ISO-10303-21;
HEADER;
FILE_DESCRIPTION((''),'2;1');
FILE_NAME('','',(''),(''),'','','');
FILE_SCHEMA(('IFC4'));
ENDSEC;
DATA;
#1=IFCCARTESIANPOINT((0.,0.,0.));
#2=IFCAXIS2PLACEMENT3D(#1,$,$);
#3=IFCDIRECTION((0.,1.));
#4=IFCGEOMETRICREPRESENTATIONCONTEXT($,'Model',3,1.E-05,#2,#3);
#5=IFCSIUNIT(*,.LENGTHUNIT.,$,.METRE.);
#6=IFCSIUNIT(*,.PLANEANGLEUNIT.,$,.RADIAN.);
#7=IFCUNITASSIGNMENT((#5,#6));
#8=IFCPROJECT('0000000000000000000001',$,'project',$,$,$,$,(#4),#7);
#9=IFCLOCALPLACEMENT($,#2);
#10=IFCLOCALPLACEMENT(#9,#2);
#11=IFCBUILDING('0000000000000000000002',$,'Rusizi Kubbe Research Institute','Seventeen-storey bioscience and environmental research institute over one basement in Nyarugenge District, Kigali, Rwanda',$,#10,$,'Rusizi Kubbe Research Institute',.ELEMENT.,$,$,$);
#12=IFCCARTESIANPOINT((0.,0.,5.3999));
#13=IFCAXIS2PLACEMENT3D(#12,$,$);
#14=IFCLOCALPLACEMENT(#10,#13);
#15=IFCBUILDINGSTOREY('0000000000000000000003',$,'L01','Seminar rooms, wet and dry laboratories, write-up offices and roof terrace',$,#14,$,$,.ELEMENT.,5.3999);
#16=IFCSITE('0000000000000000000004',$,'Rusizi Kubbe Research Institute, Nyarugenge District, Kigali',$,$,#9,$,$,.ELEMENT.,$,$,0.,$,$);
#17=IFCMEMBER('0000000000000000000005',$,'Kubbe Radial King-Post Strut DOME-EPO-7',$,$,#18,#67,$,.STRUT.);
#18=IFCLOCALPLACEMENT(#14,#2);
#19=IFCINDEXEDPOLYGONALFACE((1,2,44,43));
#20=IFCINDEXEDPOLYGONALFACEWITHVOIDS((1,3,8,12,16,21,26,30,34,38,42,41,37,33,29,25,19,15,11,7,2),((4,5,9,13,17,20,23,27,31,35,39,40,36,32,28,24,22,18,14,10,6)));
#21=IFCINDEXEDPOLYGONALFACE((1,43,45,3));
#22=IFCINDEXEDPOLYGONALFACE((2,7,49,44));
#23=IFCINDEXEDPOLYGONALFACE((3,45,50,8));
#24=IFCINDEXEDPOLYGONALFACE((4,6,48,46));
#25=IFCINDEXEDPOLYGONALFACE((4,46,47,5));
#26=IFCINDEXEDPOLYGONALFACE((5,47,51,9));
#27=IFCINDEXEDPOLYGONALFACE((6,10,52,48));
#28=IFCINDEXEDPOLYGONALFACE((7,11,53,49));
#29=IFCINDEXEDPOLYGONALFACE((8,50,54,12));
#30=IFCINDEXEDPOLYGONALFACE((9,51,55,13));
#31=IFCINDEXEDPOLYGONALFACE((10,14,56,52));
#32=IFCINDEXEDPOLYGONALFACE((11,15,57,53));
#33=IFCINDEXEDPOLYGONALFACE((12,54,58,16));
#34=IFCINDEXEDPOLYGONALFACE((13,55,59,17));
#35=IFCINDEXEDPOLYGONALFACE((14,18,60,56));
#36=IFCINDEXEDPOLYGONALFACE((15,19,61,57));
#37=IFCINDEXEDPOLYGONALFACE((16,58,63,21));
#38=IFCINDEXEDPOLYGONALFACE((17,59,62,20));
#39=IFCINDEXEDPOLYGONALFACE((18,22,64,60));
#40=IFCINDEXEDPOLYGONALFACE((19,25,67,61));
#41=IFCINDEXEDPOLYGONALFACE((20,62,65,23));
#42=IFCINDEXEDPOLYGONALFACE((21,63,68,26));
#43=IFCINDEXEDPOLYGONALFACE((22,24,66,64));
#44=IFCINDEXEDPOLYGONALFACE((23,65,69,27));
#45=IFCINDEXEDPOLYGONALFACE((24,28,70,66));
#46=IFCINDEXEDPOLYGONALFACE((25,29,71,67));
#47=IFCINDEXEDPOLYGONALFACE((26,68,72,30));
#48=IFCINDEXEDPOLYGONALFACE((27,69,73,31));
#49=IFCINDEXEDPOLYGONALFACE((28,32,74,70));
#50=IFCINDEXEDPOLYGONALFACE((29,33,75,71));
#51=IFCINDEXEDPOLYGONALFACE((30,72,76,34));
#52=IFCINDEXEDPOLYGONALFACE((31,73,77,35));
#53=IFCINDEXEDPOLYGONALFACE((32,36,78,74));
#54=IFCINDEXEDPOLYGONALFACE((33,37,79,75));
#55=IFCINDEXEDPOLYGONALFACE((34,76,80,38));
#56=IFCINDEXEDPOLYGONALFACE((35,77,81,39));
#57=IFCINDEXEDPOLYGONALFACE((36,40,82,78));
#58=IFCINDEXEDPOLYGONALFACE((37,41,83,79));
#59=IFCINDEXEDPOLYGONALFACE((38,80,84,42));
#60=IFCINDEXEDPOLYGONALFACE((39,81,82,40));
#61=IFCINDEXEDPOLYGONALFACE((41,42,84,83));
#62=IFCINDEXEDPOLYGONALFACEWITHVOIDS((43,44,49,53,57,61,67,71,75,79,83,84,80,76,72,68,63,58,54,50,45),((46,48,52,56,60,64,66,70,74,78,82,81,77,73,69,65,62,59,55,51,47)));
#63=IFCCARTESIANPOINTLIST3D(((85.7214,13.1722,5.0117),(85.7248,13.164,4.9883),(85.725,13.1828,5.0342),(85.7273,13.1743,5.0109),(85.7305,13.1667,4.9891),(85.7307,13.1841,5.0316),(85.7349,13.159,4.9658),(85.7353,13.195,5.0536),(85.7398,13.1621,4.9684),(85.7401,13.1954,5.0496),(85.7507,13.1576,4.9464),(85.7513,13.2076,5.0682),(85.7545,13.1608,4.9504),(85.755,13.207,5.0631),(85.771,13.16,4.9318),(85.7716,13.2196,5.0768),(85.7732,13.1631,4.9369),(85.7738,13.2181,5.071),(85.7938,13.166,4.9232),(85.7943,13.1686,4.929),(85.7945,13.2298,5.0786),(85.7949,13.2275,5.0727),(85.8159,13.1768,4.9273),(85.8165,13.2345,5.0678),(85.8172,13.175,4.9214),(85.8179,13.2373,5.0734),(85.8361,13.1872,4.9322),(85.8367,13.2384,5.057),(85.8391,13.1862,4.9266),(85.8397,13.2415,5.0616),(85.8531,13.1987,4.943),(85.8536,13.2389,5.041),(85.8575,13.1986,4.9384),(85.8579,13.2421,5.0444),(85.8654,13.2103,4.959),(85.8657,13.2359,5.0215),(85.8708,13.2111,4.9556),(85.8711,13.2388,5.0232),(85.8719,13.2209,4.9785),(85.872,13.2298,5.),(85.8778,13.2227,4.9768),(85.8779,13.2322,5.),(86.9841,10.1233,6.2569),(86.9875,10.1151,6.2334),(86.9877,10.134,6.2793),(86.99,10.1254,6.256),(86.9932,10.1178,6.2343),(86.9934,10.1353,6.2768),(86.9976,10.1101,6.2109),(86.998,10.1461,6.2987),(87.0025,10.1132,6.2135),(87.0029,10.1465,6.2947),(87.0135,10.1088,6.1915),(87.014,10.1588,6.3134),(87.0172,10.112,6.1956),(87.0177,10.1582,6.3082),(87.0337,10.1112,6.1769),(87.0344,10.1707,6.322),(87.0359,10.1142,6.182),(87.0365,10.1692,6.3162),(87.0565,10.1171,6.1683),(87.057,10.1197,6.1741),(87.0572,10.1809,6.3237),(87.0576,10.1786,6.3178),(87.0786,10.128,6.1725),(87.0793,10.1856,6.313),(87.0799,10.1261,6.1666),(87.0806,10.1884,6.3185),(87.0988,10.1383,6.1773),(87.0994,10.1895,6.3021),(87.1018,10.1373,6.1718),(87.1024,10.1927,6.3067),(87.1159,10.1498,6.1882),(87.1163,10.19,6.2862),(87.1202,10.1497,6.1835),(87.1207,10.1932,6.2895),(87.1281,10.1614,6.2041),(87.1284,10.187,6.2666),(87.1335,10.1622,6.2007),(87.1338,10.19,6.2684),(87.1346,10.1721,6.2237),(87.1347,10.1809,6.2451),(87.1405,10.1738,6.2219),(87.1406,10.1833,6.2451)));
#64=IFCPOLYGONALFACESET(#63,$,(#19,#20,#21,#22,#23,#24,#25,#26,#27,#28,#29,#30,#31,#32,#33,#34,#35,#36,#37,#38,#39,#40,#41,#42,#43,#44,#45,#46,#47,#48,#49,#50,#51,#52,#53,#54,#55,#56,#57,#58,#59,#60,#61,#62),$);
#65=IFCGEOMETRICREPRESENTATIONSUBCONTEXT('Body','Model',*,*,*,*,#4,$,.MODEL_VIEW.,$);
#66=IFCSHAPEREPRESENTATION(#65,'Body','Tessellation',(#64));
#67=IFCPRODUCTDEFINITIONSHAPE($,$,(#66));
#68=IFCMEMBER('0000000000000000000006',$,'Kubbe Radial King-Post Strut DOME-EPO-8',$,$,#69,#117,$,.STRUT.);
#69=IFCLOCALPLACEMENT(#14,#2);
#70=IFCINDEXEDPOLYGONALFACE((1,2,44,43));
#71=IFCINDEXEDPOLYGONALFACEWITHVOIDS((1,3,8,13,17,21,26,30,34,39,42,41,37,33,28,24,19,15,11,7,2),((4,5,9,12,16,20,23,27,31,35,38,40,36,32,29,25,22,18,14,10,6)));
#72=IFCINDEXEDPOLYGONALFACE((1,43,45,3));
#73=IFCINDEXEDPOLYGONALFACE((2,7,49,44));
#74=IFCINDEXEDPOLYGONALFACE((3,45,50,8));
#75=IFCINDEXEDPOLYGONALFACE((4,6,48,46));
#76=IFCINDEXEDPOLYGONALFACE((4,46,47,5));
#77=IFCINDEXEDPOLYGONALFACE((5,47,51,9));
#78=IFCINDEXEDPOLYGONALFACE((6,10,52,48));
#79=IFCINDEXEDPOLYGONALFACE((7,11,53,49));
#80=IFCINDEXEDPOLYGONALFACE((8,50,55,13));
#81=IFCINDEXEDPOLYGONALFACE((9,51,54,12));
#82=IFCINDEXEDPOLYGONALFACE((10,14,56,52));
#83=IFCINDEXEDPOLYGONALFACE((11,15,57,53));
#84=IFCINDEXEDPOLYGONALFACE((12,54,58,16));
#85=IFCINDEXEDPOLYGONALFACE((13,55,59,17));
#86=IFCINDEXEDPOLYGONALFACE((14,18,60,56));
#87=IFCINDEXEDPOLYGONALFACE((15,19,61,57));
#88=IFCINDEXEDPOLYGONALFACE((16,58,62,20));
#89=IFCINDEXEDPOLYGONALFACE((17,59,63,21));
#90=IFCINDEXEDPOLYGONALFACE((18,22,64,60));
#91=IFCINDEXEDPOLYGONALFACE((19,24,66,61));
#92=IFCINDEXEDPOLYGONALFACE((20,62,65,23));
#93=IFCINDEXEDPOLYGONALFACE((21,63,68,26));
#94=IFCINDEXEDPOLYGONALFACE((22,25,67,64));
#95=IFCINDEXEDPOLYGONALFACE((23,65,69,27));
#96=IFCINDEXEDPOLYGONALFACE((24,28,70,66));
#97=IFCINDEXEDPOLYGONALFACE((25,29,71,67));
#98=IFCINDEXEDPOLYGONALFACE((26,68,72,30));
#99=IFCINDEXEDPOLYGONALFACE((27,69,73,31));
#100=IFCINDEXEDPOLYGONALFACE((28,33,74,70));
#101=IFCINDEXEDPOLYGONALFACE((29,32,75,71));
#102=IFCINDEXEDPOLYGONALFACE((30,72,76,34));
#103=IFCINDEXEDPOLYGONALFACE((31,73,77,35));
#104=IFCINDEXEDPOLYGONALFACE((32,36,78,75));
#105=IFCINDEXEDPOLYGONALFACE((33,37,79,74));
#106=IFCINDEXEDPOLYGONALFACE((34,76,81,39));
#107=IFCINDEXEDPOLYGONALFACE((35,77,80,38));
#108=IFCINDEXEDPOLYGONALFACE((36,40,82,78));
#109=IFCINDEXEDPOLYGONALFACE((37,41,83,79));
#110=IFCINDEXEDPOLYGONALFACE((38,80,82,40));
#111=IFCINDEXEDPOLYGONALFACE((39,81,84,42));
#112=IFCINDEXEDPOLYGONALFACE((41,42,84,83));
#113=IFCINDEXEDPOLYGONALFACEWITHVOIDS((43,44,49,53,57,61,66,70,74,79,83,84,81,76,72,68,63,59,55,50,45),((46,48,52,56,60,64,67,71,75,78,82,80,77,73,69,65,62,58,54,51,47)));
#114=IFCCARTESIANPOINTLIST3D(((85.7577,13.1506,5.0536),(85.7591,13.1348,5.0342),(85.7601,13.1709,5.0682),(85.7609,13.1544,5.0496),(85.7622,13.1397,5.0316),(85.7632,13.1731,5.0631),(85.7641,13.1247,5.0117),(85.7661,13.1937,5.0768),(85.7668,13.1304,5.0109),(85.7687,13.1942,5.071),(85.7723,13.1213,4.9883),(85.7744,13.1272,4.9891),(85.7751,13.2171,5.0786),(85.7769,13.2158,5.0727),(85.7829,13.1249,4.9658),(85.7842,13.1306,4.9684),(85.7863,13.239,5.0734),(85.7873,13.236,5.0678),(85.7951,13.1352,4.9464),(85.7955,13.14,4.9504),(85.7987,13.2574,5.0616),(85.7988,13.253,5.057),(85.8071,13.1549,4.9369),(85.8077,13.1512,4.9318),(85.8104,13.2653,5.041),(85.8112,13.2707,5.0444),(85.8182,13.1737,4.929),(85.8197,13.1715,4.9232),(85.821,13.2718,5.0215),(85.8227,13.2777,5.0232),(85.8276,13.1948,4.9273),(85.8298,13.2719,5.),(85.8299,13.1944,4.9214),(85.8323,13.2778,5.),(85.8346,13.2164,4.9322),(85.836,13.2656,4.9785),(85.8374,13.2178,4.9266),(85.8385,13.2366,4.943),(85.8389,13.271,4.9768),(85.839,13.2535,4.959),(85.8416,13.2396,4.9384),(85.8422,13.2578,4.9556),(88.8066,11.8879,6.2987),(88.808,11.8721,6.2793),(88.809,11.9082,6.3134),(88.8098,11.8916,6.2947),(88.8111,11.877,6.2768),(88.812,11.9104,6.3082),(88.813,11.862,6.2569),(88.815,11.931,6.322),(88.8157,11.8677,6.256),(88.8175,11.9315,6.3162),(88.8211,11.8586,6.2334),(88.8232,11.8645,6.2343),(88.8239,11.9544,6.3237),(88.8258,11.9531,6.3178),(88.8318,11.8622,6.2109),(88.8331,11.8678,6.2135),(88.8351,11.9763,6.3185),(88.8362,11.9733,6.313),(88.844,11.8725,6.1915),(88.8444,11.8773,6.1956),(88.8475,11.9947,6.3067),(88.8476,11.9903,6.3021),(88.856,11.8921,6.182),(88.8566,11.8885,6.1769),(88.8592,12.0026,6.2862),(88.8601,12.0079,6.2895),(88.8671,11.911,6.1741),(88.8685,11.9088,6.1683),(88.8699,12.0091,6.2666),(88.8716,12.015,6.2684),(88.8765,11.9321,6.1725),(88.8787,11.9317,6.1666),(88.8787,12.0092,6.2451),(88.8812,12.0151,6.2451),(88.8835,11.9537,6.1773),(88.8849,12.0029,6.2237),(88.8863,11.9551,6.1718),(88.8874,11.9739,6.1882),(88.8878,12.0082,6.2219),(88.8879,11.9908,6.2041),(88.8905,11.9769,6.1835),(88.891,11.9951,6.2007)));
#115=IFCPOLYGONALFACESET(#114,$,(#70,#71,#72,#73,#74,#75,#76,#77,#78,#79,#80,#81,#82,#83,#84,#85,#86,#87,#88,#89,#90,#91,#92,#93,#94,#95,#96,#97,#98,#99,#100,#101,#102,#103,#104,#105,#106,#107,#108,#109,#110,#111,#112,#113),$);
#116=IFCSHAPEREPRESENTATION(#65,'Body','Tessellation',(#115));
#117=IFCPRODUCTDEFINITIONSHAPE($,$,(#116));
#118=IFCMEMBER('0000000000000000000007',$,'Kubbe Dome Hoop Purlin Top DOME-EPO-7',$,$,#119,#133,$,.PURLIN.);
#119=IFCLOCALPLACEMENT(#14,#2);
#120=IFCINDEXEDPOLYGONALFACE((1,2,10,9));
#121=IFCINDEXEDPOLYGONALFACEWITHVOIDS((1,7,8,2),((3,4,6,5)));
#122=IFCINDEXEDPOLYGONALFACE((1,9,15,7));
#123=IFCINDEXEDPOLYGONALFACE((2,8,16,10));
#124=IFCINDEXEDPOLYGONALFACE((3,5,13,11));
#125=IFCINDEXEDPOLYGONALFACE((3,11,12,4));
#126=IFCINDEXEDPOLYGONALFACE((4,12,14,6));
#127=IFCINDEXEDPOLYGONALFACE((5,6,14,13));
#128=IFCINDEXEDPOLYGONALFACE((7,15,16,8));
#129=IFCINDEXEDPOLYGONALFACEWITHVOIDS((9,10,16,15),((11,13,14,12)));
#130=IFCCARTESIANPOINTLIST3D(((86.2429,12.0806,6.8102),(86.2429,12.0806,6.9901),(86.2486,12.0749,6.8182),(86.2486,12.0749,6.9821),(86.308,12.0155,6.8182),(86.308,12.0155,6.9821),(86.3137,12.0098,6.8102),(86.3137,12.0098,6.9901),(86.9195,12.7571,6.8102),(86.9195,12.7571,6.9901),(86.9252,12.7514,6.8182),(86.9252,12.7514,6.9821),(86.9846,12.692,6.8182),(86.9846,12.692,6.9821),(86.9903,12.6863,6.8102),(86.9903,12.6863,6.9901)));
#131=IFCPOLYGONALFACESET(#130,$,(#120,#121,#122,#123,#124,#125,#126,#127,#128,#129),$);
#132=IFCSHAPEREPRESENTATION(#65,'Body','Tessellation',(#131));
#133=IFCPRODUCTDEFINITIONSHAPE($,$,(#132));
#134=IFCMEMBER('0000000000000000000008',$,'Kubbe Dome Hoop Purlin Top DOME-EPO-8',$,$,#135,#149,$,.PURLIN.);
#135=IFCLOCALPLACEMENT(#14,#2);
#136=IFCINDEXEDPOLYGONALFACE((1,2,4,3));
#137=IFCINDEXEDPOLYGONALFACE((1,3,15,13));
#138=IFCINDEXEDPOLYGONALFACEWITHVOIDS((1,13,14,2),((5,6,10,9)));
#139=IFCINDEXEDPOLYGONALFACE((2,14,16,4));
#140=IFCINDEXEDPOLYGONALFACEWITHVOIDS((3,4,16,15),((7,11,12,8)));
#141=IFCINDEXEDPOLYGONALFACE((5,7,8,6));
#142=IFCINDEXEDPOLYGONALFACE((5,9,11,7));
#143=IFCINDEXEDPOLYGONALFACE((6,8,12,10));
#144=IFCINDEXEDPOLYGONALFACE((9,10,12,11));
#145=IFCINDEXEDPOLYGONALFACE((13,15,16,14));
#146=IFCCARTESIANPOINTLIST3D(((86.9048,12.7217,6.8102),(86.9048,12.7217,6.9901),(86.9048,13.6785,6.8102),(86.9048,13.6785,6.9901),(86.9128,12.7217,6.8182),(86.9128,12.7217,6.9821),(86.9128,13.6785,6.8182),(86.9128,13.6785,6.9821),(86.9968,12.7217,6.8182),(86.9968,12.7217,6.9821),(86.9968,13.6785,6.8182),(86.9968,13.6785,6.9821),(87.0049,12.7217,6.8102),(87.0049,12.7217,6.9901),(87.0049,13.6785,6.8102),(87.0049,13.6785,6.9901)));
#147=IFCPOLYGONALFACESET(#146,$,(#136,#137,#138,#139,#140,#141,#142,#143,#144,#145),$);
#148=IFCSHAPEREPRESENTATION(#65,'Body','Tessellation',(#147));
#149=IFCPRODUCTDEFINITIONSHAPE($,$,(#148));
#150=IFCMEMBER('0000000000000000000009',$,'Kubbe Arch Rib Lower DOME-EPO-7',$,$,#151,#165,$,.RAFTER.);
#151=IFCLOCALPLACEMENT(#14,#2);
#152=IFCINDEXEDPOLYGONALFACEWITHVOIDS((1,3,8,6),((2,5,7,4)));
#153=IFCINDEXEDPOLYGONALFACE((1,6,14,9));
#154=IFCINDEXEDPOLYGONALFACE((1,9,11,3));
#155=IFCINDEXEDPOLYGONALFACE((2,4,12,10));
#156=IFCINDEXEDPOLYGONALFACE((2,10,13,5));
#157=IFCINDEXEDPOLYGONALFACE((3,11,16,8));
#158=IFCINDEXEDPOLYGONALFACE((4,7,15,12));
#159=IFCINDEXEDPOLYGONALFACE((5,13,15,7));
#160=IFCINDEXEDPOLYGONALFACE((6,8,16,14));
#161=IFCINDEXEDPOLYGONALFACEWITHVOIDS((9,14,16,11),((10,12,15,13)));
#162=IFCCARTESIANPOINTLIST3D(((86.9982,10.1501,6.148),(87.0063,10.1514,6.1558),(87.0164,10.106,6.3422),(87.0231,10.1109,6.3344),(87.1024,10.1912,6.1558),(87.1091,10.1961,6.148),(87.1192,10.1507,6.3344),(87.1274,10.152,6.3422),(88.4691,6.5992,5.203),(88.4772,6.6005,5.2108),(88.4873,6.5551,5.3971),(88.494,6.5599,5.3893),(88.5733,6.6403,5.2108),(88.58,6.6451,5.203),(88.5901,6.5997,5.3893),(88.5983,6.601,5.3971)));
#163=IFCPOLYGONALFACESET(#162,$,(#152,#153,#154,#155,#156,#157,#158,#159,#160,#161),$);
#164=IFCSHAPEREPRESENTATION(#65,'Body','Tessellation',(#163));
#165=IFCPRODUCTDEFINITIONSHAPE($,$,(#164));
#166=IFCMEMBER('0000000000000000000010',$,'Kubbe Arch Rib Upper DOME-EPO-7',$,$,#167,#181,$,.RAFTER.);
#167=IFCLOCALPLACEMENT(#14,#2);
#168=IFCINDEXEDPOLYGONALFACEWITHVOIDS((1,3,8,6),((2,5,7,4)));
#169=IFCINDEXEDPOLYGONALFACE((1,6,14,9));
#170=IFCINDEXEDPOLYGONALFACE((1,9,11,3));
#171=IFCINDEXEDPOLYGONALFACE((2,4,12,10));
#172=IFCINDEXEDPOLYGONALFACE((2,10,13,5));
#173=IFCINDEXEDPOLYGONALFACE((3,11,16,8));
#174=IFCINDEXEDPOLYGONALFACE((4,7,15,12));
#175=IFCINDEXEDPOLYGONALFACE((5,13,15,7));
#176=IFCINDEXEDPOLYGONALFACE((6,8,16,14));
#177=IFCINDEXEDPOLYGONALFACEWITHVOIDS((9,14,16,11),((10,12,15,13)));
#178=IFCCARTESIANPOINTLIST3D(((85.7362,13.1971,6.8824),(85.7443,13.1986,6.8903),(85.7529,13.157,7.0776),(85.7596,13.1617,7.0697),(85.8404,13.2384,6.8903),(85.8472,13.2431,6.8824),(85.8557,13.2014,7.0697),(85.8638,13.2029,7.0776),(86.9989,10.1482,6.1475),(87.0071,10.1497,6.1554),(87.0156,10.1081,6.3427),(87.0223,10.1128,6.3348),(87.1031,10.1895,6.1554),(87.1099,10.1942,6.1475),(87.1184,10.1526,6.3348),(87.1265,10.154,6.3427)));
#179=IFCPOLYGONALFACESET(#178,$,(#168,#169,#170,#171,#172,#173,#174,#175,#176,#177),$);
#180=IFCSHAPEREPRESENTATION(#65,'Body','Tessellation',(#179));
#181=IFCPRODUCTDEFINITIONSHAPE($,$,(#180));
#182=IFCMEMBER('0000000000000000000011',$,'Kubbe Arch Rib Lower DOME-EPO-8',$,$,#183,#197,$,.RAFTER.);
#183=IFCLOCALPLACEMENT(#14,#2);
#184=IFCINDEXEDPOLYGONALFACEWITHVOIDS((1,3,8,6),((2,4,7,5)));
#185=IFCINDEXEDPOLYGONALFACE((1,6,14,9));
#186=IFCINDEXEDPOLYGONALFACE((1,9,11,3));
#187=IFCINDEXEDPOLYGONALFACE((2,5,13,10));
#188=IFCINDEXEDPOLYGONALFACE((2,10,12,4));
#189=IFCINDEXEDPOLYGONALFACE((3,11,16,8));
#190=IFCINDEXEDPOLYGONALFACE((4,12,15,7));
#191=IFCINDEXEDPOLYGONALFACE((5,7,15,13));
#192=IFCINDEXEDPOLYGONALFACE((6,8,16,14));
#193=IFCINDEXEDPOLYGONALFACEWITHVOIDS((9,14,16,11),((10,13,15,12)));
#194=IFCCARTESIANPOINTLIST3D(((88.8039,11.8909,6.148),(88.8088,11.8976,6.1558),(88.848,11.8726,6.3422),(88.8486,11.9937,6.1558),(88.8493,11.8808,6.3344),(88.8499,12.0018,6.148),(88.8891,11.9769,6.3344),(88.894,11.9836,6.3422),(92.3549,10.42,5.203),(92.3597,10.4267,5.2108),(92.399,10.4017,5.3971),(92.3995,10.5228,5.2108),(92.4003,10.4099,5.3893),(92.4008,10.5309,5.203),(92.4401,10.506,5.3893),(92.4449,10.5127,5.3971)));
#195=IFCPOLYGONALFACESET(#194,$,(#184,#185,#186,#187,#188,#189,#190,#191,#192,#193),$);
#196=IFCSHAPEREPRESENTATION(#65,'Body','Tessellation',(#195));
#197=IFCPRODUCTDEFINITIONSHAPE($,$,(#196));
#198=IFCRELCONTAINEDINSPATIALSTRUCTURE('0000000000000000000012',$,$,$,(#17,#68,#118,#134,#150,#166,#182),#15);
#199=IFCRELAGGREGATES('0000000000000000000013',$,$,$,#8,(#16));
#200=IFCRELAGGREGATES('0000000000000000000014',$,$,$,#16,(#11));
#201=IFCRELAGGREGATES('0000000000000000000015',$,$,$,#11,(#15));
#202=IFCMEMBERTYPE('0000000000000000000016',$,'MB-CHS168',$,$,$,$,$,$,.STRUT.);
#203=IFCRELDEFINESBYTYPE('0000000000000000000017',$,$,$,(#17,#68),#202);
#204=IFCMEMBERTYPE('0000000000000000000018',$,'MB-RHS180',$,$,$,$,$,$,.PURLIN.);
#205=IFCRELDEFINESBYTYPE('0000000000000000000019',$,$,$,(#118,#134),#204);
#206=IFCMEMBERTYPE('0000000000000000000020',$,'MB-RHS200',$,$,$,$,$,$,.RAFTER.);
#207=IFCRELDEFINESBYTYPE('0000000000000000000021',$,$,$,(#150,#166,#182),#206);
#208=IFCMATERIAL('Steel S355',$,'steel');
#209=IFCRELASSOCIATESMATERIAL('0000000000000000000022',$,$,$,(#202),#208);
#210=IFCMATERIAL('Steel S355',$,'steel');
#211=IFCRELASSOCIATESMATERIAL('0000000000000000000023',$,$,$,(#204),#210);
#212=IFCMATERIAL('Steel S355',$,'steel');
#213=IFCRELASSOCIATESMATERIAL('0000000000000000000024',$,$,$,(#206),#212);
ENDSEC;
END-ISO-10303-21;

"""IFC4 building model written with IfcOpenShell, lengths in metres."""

from ifc_helpers import new_model, si_unit, direction, frame, origin, origin_2d, place, context, subcontext, project, spatial, hollow_rectangle, hollow_circle, extrude, material, material_profile, profile_set, type_object, element, save


model = new_model("IFC4")

# Units and contexts
model_context = context("Model", 3, precision=1e-05, world=origin(), true_north=direction((0.0, 1.0)))
body_context = subcontext(model_context, "Body", "Model", "MODEL_VIEW")
ifc_project = project(units=[si_unit("LENGTHUNIT", "METRE"), si_unit("PLANEANGLEUNIT", "RADIAN")], contexts=[model_context])

# Site, building, storey
site_placement = place(None, origin())
site = spatial("IfcSite", under=ifc_project, at=site_placement, Name="Rusizi Kubbe Research Institute, Nyarugenge District, Kigali", CompositionType="ELEMENT", RefElevation=0.0)
building_placement = place(site_placement, origin())
building = spatial("IfcBuilding", under=site, at=building_placement, Name="Rusizi Kubbe Research Institute", Description="Seventeen-storey bioscience and environmental research institute over one basement in Nyarugenge District, Kigali, Rwanda", LongName="Rusizi Kubbe Research Institute", CompositionType="ELEMENT")
storey_placement = place(building_placement, frame((0.0, 0.0, 5.3999)))
storey = spatial("IfcBuildingStorey", under=building, at=storey_placement, Name="L01", Description="Seminar rooms, wet and dry laboratories, write-up offices and roof terrace", CompositionType="ELEMENT", Elevation=5.3999)

# Members
ifc_material_1 = material(Name="Steel S355", Category="steel")
ifc_material_profile_1 = material_profile(ifc_material_1, hollow_circle(Radius=0.0842, WallThickness=0.0063, at=origin_2d()), Name="CHS 168.3x6.3")
ifc_profile_set_1 = profile_set([ifc_material_profile_1], Name="Steel S355")
member_type_1 = type_object("IfcMemberType", Name="MB-CHS168", PredefinedType="STRUT", material=ifc_profile_set_1)
for number, where, z_axis, x_axis, name in (
    (1, (85.8, 13.2, 5.0), (0.358003, -0.864414, 0.35302), (0.923898, 0.382639, 0.0), "Kubbe Radial King-Post Strut DOME-EPO-7"),
    (2, (85.8, 13.2, 5.0), (0.864414, -0.358003, 0.35302), (0.382639, 0.923898, 0.0), "Kubbe Radial King-Post Strut DOME-EPO-8"),
):
    element("IfcMember", number, at=place(storey_placement, frame(where, z_axis=z_axis, x_axis=x_axis)), inside=storey, type_object=member_type_1, Name=name, PredefinedType="STRUT", context=body_context, shape_type="SweptSolid", body=[
        extrude(hollow_circle(Radius=0.0842, WallThickness=0.0063, at=origin_2d()), origin(), (0.0, 0.0, 1.0), 3.5271),
    ])
ifc_material_2 = material(Name="Steel S355", Category="steel")
ifc_material_profile_2 = material_profile(ifc_material_2, hollow_rectangle(XDim=0.1001, YDim=0.1799, WallThickness=0.0081, at=origin_2d()), Name="RHS 180x100x8.0")
ifc_profile_set_2 = profile_set([ifc_material_profile_2], Name="Steel S355")
member_type_2 = type_object("IfcMemberType", Name="MB-RHS180", PredefinedType="PURLIN", material=ifc_profile_set_2)
for number, where, z_axis, x_axis, name in (
    (3, (86.2783, 12.0452, 6.9001), (0.707107, 0.707107, 0.0), (-0.707107, 0.707107, 0.0), "Kubbe Dome Hoop Purlin Top DOME-EPO-7"),
    (4, (86.9548, 12.7217, 6.9001), (0.0, 1.0, 0.0), (-1.0, 0.0, 0.0), "Kubbe Dome Hoop Purlin Top DOME-EPO-8"),
):
    element("IfcMember", number, at=place(storey_placement, frame(where, z_axis=z_axis, x_axis=x_axis)), inside=storey, type_object=member_type_2, Name=name, PredefinedType="PURLIN", context=body_context, shape_type="SweptSolid", body=[
        extrude(hollow_rectangle(XDim=0.1001, YDim=0.1799, WallThickness=0.0081, at=origin_2d()), origin(), (0.0, 0.0, 1.0), 0.9568),
    ])
ifc_material_3 = material(Name="Steel S355", Category="steel")
ifc_material_profile_3 = material_profile(ifc_material_3, hollow_rectangle(XDim=0.1201, YDim=0.2, WallThickness=0.0081, at=origin_2d()), Name="RHS 200x120x8.0")
ifc_profile_set_3 = profile_set([ifc_material_profile_3], Name="Steel S355")
member_type_3 = type_object("IfcMemberType", Name="MB-RHS200", PredefinedType="RAFTER", material=ifc_profile_set_3)
member_1_placement = place(storey_placement, frame((88.5337, 6.6001, 5.3), z_axis=(-0.371629, 0.897152, 0.238768), x_axis=(-0.923874, -0.382698, 0.0)))
element("IfcMember", 5, at=member_1_placement, inside=storey, type_object=member_type_3, Name="Kubbe Arch Rib Lower DOME-EPO-7", PredefinedType="RAFTER", context=body_context, shape_type="SweptSolid", body=[
    extrude(hollow_rectangle(XDim=0.1201, YDim=0.2, WallThickness=0.0081, at=origin_2d()), origin(), (0.0, 0.0, 1.0), 3.958),
])
member_2_placement = place(storey_placement, frame((87.0627, 10.1511, 6.2451), z_axis=(-0.373491, 0.901808, 0.217364), x_axis=(-0.923898, -0.382639, 0.0)))
element("IfcMember", 6, at=member_2_placement, inside=storey, type_object=member_type_3, Name="Kubbe Arch Rib Upper DOME-EPO-7", PredefinedType="RAFTER", context=body_context, shape_type="SweptSolid", body=[
    extrude(hollow_rectangle(XDim=0.1201, YDim=0.2, WallThickness=0.0081, at=origin_2d()), origin(), (0.0, 0.0, 1.0), 3.3809),
])
member_3_placement = place(storey_placement, frame((92.3999, 10.4663, 5.3), z_axis=(-0.897152, 0.371629, 0.238768), x_axis=(-0.382698, -0.923874, 0.0)))
element("IfcMember", 7, at=member_3_placement, inside=storey, type_object=member_type_3, Name="Kubbe Arch Rib Lower DOME-EPO-8", PredefinedType="RAFTER", context=body_context, shape_type="SweptSolid", body=[
    extrude(hollow_rectangle(XDim=0.1201, YDim=0.2, WallThickness=0.0081, at=origin_2d()), origin(), (0.0, 0.0, 1.0), 3.958),
])

save(model, "model.ifc")
